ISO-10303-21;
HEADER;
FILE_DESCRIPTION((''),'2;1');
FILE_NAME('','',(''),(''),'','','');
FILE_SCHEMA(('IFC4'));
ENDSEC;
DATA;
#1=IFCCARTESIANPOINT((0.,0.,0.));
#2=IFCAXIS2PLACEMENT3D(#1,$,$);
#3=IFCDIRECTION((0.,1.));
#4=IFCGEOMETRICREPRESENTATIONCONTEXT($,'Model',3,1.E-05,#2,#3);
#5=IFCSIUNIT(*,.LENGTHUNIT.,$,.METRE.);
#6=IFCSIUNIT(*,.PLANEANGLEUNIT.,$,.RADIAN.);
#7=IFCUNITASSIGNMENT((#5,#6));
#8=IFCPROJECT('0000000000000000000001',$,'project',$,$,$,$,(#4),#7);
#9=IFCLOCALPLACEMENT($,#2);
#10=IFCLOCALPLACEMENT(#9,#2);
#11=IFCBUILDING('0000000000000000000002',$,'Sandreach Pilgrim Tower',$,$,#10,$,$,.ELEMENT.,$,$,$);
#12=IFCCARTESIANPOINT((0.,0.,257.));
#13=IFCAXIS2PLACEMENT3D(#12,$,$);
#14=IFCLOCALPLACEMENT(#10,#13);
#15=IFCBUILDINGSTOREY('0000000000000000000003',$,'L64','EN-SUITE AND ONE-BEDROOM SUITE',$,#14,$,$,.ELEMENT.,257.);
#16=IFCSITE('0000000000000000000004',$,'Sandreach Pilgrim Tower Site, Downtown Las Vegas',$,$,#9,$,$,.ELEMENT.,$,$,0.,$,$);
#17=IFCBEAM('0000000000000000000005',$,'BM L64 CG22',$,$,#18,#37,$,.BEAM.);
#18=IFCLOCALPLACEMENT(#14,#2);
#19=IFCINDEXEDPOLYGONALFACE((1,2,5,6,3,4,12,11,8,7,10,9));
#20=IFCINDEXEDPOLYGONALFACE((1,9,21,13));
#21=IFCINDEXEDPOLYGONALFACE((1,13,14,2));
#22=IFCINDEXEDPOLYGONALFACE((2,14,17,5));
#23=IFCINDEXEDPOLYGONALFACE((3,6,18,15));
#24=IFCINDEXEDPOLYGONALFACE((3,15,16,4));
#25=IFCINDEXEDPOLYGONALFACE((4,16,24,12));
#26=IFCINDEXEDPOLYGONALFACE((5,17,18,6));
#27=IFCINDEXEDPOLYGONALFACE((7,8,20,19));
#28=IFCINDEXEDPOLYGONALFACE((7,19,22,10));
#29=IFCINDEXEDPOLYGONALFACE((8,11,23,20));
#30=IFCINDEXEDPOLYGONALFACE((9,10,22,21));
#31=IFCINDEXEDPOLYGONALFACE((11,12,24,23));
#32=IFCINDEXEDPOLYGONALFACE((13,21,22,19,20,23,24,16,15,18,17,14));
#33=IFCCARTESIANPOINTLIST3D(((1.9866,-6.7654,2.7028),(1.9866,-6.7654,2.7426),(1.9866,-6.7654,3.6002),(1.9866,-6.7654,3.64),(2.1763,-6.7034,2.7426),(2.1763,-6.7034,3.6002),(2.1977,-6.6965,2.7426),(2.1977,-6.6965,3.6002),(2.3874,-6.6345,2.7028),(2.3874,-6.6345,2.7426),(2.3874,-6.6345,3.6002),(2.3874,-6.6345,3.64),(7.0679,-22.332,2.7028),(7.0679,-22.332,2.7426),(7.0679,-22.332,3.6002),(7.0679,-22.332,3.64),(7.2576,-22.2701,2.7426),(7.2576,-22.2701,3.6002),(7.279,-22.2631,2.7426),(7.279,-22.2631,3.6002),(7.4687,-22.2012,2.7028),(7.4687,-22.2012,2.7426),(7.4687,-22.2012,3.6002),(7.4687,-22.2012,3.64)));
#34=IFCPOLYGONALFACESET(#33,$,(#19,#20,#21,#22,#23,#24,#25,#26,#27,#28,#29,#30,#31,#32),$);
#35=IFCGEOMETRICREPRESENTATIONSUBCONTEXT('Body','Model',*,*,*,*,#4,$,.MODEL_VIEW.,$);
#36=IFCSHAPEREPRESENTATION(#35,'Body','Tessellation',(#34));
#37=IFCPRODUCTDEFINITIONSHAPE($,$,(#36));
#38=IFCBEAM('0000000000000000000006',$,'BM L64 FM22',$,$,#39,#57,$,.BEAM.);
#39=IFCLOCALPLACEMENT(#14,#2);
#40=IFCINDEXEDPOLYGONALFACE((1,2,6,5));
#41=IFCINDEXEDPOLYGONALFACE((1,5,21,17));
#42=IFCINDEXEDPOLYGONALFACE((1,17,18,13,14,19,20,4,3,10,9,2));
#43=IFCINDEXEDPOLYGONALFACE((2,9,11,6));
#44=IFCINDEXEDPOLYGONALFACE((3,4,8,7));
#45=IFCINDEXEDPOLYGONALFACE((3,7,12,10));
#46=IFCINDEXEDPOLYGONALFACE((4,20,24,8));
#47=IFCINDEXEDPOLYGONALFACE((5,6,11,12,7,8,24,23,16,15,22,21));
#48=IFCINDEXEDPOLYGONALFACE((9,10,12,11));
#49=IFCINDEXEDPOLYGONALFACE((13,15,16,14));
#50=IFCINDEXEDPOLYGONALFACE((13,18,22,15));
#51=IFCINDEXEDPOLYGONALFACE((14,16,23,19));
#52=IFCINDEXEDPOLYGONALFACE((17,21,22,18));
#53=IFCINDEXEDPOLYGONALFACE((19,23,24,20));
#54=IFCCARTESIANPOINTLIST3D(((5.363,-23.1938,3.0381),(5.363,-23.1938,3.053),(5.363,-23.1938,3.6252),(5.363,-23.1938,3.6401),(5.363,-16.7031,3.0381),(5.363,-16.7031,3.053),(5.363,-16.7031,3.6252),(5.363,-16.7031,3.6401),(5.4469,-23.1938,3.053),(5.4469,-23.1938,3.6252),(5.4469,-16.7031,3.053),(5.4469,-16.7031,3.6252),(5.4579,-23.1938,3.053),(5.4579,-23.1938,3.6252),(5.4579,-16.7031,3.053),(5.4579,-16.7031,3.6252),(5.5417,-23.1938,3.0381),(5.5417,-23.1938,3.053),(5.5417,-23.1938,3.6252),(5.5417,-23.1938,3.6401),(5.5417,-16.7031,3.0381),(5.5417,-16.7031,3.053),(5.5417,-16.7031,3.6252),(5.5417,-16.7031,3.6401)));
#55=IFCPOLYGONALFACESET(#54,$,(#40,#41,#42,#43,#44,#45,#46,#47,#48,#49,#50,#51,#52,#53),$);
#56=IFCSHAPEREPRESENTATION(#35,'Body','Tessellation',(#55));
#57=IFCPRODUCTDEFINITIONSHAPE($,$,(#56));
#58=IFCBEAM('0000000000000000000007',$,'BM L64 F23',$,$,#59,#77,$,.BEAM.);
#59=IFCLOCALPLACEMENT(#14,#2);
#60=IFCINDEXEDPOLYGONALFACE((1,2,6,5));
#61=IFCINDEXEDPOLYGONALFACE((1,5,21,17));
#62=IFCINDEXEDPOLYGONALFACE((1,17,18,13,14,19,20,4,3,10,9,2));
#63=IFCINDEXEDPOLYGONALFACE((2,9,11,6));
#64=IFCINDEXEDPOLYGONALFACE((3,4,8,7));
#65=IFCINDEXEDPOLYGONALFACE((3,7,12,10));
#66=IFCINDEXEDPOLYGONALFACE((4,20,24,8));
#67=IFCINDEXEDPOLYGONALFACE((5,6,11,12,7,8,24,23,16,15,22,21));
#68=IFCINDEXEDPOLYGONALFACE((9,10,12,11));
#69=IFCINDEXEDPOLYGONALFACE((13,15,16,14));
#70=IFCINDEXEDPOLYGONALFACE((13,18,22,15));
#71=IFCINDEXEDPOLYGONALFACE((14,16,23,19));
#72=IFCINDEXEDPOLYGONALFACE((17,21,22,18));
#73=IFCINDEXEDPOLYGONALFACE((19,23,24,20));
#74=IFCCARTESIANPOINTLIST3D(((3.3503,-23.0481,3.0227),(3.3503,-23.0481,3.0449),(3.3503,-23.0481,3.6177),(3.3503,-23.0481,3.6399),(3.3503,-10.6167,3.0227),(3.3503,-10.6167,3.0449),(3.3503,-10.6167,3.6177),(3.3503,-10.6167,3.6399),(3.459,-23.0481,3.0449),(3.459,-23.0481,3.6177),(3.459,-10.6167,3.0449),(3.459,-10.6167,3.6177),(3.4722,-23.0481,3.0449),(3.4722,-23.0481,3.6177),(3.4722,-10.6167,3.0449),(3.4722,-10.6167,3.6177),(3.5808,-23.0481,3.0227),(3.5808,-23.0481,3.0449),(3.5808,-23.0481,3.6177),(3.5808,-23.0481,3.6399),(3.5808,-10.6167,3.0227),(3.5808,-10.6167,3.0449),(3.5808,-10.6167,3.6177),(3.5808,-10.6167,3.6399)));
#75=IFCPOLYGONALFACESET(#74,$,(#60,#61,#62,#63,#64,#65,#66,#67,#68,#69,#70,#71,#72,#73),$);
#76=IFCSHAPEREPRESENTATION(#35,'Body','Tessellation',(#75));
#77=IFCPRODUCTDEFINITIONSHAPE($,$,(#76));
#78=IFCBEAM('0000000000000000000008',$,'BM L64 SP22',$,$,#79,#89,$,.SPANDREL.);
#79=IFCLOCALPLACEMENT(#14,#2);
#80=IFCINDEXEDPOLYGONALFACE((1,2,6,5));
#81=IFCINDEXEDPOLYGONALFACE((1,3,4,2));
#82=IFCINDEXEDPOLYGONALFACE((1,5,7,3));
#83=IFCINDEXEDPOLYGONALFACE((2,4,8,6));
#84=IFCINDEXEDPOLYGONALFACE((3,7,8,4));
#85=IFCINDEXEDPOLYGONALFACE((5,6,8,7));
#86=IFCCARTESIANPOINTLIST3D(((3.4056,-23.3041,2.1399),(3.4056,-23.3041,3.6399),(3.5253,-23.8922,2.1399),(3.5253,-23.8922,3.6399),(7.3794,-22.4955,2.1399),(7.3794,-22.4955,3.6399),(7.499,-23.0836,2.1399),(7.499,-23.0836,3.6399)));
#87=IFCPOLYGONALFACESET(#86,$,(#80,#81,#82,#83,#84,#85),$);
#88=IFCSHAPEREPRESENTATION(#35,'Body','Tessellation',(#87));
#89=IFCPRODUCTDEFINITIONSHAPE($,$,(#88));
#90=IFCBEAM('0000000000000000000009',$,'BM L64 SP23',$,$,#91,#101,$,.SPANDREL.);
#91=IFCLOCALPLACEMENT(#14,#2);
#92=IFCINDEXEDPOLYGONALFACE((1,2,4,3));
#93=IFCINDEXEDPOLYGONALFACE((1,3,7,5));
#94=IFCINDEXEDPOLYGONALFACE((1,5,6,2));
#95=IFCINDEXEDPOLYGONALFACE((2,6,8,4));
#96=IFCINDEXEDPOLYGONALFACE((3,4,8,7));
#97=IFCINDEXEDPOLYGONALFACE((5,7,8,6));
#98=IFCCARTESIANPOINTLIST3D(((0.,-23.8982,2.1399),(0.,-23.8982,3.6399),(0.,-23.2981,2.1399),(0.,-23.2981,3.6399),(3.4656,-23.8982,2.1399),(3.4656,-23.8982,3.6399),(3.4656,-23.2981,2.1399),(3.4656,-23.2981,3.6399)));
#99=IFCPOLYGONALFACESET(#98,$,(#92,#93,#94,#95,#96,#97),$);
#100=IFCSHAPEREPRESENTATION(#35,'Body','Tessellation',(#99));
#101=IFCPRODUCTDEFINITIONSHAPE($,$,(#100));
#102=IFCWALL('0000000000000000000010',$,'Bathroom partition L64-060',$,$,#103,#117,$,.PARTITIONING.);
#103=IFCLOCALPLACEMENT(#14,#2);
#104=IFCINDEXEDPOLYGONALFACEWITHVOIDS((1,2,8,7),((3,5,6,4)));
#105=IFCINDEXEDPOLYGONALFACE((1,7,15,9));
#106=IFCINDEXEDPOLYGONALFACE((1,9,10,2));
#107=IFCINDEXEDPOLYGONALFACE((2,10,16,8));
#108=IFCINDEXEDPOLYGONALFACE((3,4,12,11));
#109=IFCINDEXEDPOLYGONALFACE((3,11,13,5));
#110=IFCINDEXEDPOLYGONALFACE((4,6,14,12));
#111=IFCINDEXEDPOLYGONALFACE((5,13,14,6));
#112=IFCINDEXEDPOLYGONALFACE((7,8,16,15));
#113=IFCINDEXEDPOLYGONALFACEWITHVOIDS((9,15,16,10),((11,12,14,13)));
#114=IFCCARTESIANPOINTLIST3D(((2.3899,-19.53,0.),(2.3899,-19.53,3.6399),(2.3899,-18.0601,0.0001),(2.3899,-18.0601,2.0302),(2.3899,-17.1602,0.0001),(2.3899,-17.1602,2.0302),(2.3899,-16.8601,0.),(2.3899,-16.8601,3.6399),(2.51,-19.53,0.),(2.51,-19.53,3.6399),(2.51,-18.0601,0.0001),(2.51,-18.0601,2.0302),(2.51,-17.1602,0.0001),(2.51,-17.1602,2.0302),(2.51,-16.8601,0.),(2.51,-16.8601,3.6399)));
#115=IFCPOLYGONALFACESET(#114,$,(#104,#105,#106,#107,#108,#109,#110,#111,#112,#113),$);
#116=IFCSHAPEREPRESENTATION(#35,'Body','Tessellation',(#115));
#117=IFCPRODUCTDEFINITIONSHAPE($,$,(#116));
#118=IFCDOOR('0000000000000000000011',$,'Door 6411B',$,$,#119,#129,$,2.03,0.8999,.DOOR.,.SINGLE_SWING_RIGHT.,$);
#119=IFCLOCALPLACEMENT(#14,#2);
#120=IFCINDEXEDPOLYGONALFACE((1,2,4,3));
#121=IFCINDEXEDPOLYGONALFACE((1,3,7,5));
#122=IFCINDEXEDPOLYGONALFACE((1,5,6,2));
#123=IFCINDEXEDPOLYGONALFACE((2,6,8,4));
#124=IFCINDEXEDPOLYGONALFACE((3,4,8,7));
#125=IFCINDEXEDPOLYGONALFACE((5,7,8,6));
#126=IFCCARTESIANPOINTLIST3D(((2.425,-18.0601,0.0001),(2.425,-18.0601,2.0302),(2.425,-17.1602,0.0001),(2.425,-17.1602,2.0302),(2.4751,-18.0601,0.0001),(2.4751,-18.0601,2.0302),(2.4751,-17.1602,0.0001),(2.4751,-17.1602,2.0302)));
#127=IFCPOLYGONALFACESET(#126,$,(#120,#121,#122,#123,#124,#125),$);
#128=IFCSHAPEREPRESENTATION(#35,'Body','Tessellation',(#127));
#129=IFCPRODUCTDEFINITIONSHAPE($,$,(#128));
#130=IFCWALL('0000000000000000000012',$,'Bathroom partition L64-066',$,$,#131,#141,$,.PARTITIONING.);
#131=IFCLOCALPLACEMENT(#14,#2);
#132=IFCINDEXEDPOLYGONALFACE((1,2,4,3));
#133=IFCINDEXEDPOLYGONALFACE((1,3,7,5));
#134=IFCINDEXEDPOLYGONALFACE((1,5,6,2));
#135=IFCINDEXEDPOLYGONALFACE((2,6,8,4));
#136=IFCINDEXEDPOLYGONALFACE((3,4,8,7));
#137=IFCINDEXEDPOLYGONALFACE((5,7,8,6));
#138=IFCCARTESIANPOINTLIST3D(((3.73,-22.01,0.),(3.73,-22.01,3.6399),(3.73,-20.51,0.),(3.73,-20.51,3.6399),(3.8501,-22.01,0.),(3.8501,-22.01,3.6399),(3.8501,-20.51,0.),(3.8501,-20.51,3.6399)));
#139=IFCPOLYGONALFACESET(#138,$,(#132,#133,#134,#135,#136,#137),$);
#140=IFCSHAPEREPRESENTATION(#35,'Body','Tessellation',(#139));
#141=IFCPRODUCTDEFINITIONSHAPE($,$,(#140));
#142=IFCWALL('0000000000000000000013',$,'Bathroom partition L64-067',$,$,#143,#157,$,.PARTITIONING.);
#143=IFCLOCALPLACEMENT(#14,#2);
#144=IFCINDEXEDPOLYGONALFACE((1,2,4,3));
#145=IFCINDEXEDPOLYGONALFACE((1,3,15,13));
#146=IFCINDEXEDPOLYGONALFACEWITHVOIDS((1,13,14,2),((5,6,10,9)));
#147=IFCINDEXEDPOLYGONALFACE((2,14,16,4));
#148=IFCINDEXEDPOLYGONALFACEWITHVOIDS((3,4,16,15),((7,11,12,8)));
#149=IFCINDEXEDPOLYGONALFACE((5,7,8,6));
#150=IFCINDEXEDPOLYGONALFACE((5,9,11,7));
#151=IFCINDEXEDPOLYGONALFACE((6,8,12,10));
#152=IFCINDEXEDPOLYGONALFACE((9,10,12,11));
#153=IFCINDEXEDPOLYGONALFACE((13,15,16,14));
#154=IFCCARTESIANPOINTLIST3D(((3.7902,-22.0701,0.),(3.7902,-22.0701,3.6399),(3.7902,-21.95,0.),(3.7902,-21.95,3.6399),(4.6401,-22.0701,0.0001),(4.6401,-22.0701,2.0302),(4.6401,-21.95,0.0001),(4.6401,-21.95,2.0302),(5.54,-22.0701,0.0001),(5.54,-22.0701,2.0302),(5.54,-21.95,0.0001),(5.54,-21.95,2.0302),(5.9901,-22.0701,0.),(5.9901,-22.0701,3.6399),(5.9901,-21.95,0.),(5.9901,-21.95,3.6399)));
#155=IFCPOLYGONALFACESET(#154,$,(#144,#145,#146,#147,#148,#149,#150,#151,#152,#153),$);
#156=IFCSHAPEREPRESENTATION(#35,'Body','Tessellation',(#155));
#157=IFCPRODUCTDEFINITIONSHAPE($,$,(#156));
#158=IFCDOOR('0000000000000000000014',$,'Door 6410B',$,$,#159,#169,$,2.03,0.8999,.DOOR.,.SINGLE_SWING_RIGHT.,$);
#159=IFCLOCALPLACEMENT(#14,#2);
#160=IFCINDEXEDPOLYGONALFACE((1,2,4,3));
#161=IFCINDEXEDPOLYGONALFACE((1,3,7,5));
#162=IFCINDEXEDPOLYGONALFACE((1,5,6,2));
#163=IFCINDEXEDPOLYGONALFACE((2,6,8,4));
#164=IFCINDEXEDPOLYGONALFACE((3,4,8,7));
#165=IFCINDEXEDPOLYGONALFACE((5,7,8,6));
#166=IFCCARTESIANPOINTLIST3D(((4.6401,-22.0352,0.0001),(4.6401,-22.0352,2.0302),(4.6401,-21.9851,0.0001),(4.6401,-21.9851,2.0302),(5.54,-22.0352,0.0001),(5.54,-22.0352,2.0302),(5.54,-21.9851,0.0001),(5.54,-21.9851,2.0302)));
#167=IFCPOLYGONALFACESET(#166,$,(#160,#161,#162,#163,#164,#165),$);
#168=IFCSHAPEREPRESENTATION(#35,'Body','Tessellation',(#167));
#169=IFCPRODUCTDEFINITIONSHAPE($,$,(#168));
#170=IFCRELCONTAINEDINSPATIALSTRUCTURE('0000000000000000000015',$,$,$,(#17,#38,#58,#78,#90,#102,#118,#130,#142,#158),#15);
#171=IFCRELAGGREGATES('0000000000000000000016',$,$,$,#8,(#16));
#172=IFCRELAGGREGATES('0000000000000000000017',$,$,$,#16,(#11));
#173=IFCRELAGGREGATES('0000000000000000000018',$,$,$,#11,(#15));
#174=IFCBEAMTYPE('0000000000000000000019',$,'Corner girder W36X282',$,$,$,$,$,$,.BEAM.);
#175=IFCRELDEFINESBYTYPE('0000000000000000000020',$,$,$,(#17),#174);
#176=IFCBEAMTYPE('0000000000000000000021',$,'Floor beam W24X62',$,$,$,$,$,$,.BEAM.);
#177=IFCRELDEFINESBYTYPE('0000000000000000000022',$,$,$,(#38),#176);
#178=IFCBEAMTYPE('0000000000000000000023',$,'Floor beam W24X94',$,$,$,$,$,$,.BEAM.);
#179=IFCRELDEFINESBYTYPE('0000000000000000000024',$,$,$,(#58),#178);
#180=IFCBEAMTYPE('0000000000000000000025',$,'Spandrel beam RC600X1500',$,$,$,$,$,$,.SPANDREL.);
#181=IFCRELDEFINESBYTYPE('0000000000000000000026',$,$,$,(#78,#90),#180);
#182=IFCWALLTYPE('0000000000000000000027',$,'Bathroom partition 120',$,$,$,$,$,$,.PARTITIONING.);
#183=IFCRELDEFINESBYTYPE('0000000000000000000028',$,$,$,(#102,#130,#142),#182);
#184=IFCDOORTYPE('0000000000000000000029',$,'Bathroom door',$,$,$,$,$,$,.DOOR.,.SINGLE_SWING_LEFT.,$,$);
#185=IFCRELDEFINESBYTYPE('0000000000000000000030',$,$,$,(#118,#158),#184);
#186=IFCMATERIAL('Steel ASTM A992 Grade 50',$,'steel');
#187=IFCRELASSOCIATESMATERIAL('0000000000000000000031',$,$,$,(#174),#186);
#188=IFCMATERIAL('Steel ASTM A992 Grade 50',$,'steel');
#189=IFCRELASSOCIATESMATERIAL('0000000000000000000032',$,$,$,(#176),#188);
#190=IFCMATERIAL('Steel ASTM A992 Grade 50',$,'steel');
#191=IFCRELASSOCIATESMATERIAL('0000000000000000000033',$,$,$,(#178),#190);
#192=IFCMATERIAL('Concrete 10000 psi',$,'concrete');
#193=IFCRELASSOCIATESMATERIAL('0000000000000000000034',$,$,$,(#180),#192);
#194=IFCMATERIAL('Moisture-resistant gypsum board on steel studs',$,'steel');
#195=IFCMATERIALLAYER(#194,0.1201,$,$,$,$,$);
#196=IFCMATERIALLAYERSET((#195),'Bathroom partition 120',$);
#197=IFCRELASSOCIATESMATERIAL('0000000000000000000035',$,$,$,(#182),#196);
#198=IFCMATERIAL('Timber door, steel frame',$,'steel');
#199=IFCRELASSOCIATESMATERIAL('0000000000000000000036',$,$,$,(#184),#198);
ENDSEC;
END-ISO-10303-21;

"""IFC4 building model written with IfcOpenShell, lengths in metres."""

from ifc_helpers import new_model, si_unit, direction, frame, frame_2d, origin, origin_2d, place, context, subcontext, project, spatial, rectangle, i_section, extrude, material, layer, layer_set, material_profile, profile_set, type_object, element, fill, save


model = new_model("IFC4")

# Units and contexts
model_context = context("Model", 3, precision=1e-05, world=origin(), true_north=direction((0.0, 1.0)))
body_context = subcontext(model_context, "Body", "Model", "MODEL_VIEW")
ifc_project = project(units=[si_unit("LENGTHUNIT", "METRE"), si_unit("PLANEANGLEUNIT", "RADIAN")], contexts=[model_context])

# Site, building, storey
site_placement = place(None, origin())
site = spatial("IfcSite", under=ifc_project, at=site_placement, Name="Sandreach Pilgrim Tower Site, Downtown Las Vegas", CompositionType="ELEMENT", RefElevation=0.0)
building_placement = place(site_placement, origin())
building = spatial("IfcBuilding", under=site, at=building_placement, Name="Sandreach Pilgrim Tower", CompositionType="ELEMENT")
storey_placement = place(building_placement, frame((0.0, 0.0, 257.0)))
storey = spatial("IfcBuildingStorey", under=building, at=storey_placement, Name="L64", Description="EN-SUITE AND ONE-BEDROOM SUITE", CompositionType="ELEMENT", Elevation=257.0)

# Beams
ifc_material_1 = material(Name="Steel ASTM A992 Grade 50", Category="steel")
ifc_material_profile_1 = material_profile(ifc_material_1, i_section(OverallWidth=0.4216, OverallDepth=0.9373, WebThickness=0.0225, FlangeThickness=0.0398, at=origin_2d()), Name="W36X282")
ifc_profile_set_1 = profile_set([ifc_material_profile_1], Name="Steel ASTM A992 Grade 50")
beam_type_1 = type_object("IfcBeamType", Name="Corner girder W36X282", PredefinedType="BEAM", material=ifc_profile_set_1)
beam_1_placement = place(storey_placement, frame((7.2683, -22.2666, 3.1714), z_axis=(-0.310309, 0.950636, 0.0), x_axis=(-0.950636, -0.310309, 0.0)))
element("IfcBeam", 1, at=beam_1_placement, inside=storey, type_object=beam_type_1, Name="BM L64 CG22", PredefinedType="BEAM", context=body_context, shape_type="SweptSolid", body=[
    extrude(i_section(OverallWidth=0.4216, OverallDepth=0.9373, WebThickness=0.0225, FlangeThickness=0.0398, at=origin_2d()), origin(), (0.0, 0.0, 1.0), 16.375),
])
ifc_material_2 = material(Name="Steel ASTM A992 Grade 50", Category="steel")
ifc_material_profile_2 = material_profile(ifc_material_2, i_section(OverallWidth=0.1787, OverallDepth=0.6021, WebThickness=0.011, FlangeThickness=0.0149, at=origin_2d()), Name="W24X62")
ifc_profile_set_2 = profile_set([ifc_material_profile_2], Name="Steel ASTM A992 Grade 50")
beam_type_2 = type_object("IfcBeamType", Name="Floor beam W24X62", PredefinedType="BEAM", material=ifc_profile_set_2)
beam_2_placement = place(storey_placement, frame((5.4524, -23.1938, 3.3391), z_axis=(0.0, 1.0, 0.0), x_axis=(-1.0, 0.0, 0.0)))
element("IfcBeam", 2, at=beam_2_placement, inside=storey, type_object=beam_type_2, Name="BM L64 FM22", PredefinedType="BEAM", context=body_context, shape_type="SweptSolid", body=[
    extrude(i_section(OverallWidth=0.1787, OverallDepth=0.6021, WebThickness=0.011, FlangeThickness=0.0149, at=origin_2d()), origin(), (0.0, 0.0, 1.0), 6.4907),
])
ifc_material_3 = material(Name="Steel ASTM A992 Grade 50", Category="steel")
ifc_material_profile_3 = material_profile(ifc_material_3, i_section(OverallWidth=0.2305, OverallDepth=0.6172, WebThickness=0.0132, FlangeThickness=0.0222, at=origin_2d()), Name="W24X94")
ifc_profile_set_3 = profile_set([ifc_material_profile_3], Name="Steel ASTM A992 Grade 50")
beam_type_3 = type_object("IfcBeamType", Name="Floor beam W24X94", PredefinedType="BEAM", material=ifc_profile_set_3)
beam_3_placement = place(storey_placement, frame((3.4656, -23.0481, 3.3313), z_axis=(0.0, 1.0, 0.0), x_axis=(-1.0, 0.0, 0.0)))
element("IfcBeam", 3, at=beam_3_placement, inside=storey, type_object=beam_type_3, Name="BM L64 F23", PredefinedType="BEAM", context=body_context, shape_type="SweptSolid", body=[
    extrude(i_section(OverallWidth=0.2305, OverallDepth=0.6172, WebThickness=0.0132, FlangeThickness=0.0222, at=origin_2d()), origin(), (0.0, 0.0, 1.0), 12.4314),
])
ifc_material_4 = material(Name="Concrete 10000 psi", Category="concrete")
ifc_material_profile_4 = material_profile(ifc_material_4, rectangle(XDim=0.6001, YDim=1.5, at=origin_2d()), Name="RC600X1500")
ifc_profile_set_4 = profile_set([ifc_material_profile_4], Name="Concrete 10000 psi")
beam_type_4 = type_object("IfcBeamType", Name="Spandrel beam RC600X1500", PredefinedType="SPANDREL", material=ifc_profile_set_4)
beam_4_placement = place(storey_placement, frame((7.4392, -22.7896, 2.8899), z_axis=(-0.979918, -0.199403, 0.0), x_axis=(0.199403, -0.979918, 0.0)))
element("IfcBeam", 4, at=beam_4_placement, inside=storey, type_object=beam_type_4, Name="BM L64 SP22", PredefinedType="SPANDREL", context=body_context, shape_type="SweptSolid", body=[
    extrude(rectangle(XDim=0.6001, YDim=1.5, at=origin_2d()), origin(), (0.0, 0.0, 1.0), 4.0552),
])
beam_5_placement = place(storey_placement, frame((3.4656, -23.5981, 2.8899), z_axis=(-1.0, 0.0, 0.0), x_axis=(0.0, -1.0, 0.0)))
element("IfcBeam", 5, at=beam_5_placement, inside=storey, type_object=beam_type_4, Name="BM L64 SP23", PredefinedType="SPANDREL", context=body_context, shape_type="SweptSolid", body=[
    extrude(rectangle(XDim=0.6001, YDim=1.5, at=origin_2d()), origin(), (0.0, 0.0, 1.0), 3.4656),
])

# Wall, opening, door
ifc_material_5 = material(Name="Moisture-resistant gypsum board on steel studs", Category="steel")
ifc_layer_1 = layer(ifc_material_5, 0.1201)
ifc_layer_set_1 = layer_set([ifc_layer_1], Name="Bathroom partition 120")
wall_type_1 = type_object("IfcWallType", Name="Bathroom partition 120", PredefinedType="PARTITIONING", material=ifc_layer_set_1)
wall_1_placement = place(storey_placement, frame((2.45, -19.53, 0.0), z_axis=(0.0, 0.0, 1.0), x_axis=(0.0, 1.0, 0.0)))
wall_1 = element("IfcWall", 6, at=wall_1_placement, inside=storey, type_object=wall_type_1, Name="Bathroom partition L64-060", PredefinedType="PARTITIONING", context=body_context, shape_type="SweptSolid", body=[
    extrude(rectangle(XDim=2.6699, YDim=0.1201, at=frame_2d((1.335, 0.0))), origin(), (0.0, 0.0, 1.0), 3.6399),
])
opening_1_placement = place(wall_1_placement, frame((1.47, 0.0, 0.0)))
opening_1 = element("IfcOpeningElement", 7, at=opening_1_placement, cuts=wall_1, PredefinedType="OPENING", context=body_context, shape_type="SweptSolid", body=[
    extrude(rectangle(XDim=0.8999, YDim=2.03, at=frame_2d((0.45, 1.0151))), frame((0.0, 0.0601, 0.0), z_axis=(0.0, -1.0, 0.0), x_axis=(1.0, 0.0, 0.0)), (0.0, 0.0, 1.0), 0.1201),
])
ifc_material_6 = material(Name="Timber door, steel frame", Category="steel")
door_type_1 = type_object("IfcDoorType", Name="Bathroom door", OperationType="SINGLE_SWING_LEFT", PredefinedType="DOOR", material=ifc_material_6)
door_1_placement = place(opening_1_placement, origin())
door_1 = element("IfcDoor", 8, at=door_1_placement, inside=storey, type_object=door_type_1, Name="Door 6411B", OperationType="SINGLE_SWING_RIGHT", OverallHeight=2.03, OverallWidth=0.8999, PredefinedType="DOOR", context=body_context, shape_type="SweptSolid", body=[
    extrude(rectangle(XDim=0.8999, YDim=2.03, at=frame_2d((0.45, 1.0151))), frame((0.0, 0.0249, 0.0), z_axis=(0.0, -1.0, 0.0), x_axis=(1.0, 0.0, 0.0)), (0.0, 0.0, 1.0), 0.05),
])
fill(opening_1, door_1)

# Wall
wall_2_placement = place(storey_placement, frame((3.79, -22.01, 0.0), z_axis=(0.0, 0.0, 1.0), x_axis=(0.0, 1.0, 0.0)))
element("IfcWall", 9, at=wall_2_placement, inside=storey, type_object=wall_type_1, Name="Bathroom partition L64-066", PredefinedType="PARTITIONING", context=body_context, shape_type="SweptSolid", body=[
    extrude(rectangle(XDim=1.5, YDim=0.1201, at=frame_2d((0.75, 0.0))), origin(), (0.0, 0.0, 1.0), 3.6399),
])

# Wall, opening, door
wall_3_placement = place(storey_placement, frame((3.79, -22.01, 0.0), z_axis=(0.0, 0.0, 1.0), x_axis=(1.0, 0.0, 0.0)))
wall_3 = element("IfcWall", 10, at=wall_3_placement, inside=storey, type_object=wall_type_1, Name="Bathroom partition L64-067", PredefinedType="PARTITIONING", context=body_context, shape_type="SweptSolid", body=[
    extrude(rectangle(XDim=2.2, YDim=0.1201, at=frame_2d((1.1001, 0.0))), origin(), (0.0, 0.0, 1.0), 3.6399),
])
opening_2_placement = place(wall_3_placement, frame((0.8501, 0.0, 0.0)))
opening_2 = element("IfcOpeningElement", 11, at=opening_2_placement, cuts=wall_3, PredefinedType="OPENING", context=body_context, shape_type="SweptSolid", body=[
    extrude(rectangle(XDim=0.8999, YDim=2.03, at=frame_2d((0.45, 1.0151))), frame((0.0, 0.0601, 0.0), z_axis=(0.0, -1.0, 0.0), x_axis=(1.0, 0.0, 0.0)), (0.0, 0.0, 1.0), 0.1201),
])
door_2_placement = place(opening_2_placement, origin())
door_2 = element("IfcDoor", 12, at=door_2_placement, inside=storey, type_object=door_type_1, Name="Door 6410B", OperationType="SINGLE_SWING_RIGHT", OverallHeight=2.03, OverallWidth=0.8999, PredefinedType="DOOR", context=body_context, shape_type="SweptSolid", body=[
    extrude(rectangle(XDim=0.8999, YDim=2.03, at=frame_2d((0.45, 1.0151))), frame((0.0, 0.0249, 0.0), z_axis=(0.0, -1.0, 0.0), x_axis=(1.0, 0.0, 0.0)), (0.0, 0.0, 1.0), 0.05),
])
fill(opening_2, door_2)

save(model, "model.ifc")
